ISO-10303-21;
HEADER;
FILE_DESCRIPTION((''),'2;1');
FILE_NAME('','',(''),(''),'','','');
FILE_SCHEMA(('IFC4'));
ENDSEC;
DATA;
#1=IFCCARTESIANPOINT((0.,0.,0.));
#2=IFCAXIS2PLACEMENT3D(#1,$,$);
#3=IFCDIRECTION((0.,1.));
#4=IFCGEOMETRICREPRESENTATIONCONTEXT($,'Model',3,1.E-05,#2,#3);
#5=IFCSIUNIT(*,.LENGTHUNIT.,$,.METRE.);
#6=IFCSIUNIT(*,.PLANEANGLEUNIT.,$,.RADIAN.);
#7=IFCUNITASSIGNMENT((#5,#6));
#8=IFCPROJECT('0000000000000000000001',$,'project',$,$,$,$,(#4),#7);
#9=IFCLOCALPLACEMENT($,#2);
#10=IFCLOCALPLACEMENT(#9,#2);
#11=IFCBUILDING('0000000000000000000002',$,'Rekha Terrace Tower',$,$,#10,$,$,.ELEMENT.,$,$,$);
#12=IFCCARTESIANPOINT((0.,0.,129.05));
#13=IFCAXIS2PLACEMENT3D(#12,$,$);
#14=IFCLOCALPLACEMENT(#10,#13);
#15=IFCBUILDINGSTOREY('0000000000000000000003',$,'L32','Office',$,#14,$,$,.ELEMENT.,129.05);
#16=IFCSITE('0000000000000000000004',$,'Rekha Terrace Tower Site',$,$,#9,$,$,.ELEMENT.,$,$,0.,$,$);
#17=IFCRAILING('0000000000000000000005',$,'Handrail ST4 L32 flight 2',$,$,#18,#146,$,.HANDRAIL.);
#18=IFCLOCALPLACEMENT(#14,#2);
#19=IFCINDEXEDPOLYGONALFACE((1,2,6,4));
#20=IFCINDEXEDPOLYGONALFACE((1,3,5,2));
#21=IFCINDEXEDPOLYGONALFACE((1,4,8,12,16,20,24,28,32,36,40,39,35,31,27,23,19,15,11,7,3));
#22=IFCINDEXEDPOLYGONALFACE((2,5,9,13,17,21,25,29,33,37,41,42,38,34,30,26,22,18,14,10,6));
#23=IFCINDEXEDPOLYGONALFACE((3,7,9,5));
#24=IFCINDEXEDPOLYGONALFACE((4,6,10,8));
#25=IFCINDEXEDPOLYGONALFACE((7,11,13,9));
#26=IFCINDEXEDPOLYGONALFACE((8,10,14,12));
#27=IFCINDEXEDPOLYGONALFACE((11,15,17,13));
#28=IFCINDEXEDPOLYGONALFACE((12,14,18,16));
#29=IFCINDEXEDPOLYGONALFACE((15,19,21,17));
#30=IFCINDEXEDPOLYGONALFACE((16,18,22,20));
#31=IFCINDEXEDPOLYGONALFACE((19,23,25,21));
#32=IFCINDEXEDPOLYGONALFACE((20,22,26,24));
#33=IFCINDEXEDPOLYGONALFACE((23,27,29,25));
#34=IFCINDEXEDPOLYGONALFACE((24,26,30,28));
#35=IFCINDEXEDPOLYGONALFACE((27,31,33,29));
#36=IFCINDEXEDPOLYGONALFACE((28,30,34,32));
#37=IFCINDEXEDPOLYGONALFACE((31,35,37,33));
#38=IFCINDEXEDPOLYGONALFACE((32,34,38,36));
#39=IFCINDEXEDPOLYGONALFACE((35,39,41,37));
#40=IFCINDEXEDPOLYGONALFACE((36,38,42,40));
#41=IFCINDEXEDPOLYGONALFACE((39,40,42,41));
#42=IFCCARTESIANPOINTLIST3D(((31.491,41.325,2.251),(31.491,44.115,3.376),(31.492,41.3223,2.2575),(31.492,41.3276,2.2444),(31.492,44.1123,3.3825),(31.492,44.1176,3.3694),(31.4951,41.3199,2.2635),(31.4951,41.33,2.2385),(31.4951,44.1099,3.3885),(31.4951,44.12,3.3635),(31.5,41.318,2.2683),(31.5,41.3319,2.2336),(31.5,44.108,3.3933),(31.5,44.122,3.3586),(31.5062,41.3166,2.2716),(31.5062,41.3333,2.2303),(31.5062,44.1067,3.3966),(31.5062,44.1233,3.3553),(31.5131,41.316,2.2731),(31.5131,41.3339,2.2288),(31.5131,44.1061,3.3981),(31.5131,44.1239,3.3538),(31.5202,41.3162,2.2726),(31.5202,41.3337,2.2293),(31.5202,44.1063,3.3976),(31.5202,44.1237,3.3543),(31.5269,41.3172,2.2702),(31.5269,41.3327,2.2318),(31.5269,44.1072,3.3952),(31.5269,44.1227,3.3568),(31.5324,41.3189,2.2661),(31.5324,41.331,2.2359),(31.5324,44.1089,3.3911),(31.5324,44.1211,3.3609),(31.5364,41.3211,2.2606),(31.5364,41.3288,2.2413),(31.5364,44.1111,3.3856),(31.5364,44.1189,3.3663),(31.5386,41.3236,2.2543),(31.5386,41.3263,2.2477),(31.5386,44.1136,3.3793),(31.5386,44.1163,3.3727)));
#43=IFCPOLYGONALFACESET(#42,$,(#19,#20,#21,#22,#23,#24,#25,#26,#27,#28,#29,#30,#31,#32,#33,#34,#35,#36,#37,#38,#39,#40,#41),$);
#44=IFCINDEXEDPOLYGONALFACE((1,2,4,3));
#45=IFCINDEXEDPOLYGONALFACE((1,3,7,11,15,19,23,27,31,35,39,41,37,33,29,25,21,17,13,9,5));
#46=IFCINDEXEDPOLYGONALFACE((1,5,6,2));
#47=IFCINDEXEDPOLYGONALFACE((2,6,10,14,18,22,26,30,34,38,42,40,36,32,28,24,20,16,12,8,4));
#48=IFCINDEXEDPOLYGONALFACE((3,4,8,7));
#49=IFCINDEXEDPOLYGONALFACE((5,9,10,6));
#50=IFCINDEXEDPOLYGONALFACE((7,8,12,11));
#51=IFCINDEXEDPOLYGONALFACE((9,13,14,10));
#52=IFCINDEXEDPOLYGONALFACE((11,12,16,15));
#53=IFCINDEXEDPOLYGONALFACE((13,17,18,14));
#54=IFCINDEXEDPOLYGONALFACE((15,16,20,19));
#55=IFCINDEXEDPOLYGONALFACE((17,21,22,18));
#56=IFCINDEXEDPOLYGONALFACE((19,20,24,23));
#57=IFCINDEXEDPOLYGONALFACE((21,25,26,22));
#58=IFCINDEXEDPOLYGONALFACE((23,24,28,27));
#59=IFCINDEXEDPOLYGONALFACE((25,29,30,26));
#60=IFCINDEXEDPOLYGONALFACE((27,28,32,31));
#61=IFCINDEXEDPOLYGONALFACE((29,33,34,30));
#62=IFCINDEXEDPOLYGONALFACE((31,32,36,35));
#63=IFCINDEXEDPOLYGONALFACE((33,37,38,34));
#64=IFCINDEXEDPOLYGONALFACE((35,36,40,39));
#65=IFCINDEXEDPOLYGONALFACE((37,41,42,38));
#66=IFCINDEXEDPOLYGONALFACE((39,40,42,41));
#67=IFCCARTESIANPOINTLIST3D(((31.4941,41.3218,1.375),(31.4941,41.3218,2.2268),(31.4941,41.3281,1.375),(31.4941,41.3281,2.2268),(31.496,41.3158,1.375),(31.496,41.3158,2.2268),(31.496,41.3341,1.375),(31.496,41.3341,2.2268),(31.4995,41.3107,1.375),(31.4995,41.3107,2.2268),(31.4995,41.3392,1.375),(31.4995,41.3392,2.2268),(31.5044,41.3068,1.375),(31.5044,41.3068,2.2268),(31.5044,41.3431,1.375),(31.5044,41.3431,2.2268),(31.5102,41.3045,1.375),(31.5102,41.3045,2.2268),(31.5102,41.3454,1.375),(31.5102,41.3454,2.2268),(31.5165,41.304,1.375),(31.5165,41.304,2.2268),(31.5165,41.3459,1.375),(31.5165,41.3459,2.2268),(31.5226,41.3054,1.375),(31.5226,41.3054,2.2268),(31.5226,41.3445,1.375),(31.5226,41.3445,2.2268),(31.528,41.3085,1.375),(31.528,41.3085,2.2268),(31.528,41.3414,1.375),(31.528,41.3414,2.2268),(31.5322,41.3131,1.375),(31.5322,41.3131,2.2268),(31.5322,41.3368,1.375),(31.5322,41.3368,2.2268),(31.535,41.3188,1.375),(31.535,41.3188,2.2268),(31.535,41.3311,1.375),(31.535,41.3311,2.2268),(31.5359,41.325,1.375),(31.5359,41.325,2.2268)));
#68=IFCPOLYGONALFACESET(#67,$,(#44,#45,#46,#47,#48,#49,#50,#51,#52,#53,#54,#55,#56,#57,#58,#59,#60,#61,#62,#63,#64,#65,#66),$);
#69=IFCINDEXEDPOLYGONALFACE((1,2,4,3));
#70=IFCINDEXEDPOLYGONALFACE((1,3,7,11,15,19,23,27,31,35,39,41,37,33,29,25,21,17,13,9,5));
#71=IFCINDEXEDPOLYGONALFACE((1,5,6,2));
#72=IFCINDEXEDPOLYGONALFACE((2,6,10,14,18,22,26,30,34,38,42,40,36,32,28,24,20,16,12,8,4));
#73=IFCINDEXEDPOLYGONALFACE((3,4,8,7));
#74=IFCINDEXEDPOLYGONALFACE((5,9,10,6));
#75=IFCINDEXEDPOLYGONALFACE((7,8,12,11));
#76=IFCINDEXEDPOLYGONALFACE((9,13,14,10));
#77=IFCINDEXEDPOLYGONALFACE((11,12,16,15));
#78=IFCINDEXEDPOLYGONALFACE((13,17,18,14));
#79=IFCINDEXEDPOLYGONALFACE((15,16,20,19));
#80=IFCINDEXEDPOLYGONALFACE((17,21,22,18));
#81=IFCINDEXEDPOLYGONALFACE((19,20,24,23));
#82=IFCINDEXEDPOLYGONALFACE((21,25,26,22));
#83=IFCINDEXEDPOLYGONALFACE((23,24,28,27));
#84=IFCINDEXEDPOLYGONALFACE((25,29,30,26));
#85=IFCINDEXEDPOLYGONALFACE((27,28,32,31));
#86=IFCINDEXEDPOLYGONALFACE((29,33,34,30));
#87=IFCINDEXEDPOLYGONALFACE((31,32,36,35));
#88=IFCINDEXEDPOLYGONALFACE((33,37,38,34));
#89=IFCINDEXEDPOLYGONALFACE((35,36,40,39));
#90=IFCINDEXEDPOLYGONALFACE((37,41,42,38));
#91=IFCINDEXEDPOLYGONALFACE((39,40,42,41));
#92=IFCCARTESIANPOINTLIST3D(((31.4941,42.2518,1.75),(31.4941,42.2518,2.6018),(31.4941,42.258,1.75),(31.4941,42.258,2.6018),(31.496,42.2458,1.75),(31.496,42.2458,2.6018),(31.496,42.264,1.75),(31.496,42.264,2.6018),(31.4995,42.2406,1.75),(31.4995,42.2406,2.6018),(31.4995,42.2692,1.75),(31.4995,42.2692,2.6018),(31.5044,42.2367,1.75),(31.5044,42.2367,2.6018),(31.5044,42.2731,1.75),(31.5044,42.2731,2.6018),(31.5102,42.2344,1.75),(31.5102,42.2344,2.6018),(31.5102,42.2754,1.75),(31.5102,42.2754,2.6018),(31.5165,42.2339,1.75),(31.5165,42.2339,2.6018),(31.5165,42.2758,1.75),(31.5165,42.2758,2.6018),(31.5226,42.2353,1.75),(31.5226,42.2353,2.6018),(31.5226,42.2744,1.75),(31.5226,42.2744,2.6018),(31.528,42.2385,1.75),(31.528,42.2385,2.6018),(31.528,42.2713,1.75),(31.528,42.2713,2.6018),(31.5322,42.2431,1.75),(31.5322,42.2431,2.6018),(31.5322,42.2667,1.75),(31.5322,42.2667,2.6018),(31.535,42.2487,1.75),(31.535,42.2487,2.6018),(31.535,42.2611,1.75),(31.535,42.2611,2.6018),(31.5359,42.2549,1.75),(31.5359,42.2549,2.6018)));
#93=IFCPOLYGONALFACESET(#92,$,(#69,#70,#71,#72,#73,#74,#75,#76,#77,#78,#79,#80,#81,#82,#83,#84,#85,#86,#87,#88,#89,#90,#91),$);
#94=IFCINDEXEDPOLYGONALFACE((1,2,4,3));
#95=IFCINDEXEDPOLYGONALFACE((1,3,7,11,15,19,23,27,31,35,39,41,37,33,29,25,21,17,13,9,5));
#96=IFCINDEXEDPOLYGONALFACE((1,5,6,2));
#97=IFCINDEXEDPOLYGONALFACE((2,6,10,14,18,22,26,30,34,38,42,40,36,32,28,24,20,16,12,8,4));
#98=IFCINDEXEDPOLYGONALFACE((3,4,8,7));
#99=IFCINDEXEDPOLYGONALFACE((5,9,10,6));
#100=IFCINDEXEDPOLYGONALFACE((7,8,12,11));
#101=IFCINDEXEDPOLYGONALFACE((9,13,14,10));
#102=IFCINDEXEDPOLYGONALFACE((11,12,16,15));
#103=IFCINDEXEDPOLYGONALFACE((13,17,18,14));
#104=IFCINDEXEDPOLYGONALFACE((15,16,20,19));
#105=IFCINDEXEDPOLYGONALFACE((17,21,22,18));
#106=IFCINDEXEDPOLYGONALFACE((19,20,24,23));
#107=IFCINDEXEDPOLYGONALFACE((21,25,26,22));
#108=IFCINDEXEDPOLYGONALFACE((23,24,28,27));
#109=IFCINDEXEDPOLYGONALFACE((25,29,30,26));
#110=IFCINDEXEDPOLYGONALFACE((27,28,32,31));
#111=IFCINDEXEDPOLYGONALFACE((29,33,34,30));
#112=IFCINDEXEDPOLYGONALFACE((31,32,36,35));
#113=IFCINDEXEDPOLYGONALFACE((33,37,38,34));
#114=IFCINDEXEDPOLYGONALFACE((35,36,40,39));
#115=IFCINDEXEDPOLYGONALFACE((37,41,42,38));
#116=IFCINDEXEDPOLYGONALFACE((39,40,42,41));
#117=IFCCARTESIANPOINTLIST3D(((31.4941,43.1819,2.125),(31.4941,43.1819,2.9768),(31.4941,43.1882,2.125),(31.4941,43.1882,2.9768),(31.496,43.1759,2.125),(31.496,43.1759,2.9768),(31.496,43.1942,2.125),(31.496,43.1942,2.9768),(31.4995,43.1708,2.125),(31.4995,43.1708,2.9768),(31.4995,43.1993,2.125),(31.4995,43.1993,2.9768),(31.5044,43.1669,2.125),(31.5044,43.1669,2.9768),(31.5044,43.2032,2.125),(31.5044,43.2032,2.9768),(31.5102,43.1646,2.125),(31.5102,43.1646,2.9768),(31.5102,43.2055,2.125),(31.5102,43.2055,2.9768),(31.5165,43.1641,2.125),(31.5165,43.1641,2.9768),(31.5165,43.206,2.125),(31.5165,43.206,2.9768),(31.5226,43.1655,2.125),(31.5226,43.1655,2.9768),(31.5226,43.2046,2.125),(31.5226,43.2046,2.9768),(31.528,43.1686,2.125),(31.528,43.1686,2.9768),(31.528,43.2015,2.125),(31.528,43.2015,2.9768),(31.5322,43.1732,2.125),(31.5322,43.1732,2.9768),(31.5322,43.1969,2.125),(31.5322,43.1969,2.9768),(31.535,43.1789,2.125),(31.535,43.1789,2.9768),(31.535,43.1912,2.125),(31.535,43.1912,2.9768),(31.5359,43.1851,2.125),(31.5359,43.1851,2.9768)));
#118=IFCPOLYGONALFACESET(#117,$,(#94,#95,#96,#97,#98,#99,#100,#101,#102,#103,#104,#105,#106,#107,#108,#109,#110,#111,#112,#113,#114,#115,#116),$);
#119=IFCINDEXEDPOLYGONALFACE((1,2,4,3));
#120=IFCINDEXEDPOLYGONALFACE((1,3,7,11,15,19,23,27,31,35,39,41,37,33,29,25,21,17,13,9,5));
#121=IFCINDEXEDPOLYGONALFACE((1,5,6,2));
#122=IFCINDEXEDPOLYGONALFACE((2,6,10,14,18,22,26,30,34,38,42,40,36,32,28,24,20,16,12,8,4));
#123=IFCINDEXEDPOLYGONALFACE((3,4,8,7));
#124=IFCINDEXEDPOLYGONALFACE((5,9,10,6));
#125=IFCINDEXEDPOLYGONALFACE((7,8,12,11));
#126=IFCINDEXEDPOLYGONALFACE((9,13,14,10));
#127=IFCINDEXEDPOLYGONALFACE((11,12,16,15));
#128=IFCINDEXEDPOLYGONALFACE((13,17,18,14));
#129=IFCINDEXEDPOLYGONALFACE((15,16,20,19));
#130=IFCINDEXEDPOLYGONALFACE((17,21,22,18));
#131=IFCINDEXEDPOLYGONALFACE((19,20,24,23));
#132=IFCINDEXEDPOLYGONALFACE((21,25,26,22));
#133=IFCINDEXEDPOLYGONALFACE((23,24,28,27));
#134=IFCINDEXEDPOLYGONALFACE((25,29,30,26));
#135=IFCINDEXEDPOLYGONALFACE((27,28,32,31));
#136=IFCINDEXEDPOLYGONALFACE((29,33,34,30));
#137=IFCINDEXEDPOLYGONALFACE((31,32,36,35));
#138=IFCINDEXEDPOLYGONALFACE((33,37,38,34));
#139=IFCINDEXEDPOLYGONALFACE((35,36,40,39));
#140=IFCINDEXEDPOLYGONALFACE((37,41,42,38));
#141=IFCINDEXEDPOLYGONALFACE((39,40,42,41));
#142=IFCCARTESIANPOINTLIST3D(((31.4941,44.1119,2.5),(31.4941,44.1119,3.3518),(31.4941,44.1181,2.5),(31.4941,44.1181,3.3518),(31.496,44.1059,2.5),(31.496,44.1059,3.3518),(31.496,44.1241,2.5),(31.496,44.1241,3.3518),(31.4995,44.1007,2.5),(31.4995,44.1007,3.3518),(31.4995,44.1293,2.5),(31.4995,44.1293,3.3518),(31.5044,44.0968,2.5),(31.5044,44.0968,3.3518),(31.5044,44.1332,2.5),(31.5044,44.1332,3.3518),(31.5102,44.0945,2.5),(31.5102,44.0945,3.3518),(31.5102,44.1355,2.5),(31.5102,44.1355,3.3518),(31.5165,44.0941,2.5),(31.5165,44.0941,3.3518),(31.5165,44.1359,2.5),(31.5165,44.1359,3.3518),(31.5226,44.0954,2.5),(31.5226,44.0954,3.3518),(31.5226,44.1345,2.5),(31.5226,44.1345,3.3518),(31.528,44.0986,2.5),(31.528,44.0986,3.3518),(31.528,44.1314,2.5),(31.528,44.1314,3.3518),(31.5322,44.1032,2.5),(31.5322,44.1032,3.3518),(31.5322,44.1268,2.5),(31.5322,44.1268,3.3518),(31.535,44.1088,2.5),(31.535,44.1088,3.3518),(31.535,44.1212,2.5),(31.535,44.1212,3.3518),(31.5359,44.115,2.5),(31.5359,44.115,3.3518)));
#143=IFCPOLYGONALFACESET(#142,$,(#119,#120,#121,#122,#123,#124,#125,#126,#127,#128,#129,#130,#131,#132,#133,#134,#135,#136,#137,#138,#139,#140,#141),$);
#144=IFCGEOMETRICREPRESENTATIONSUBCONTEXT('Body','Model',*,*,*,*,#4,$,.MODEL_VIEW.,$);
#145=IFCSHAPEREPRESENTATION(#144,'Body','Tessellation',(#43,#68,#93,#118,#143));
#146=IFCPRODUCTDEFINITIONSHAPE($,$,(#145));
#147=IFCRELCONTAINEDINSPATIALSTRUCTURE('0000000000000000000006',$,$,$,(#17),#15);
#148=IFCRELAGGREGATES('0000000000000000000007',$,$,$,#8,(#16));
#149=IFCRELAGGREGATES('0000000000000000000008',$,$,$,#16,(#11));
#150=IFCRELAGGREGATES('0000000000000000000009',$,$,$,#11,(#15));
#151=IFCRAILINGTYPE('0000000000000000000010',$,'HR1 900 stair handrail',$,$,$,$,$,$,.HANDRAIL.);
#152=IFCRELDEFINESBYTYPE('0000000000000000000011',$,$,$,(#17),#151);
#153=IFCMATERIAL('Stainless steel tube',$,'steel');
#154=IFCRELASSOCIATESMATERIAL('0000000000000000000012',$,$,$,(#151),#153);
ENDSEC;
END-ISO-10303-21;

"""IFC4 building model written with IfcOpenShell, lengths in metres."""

from ifc_helpers import new_model, si_unit, direction, frame, origin, origin_2d, place, context, subcontext, project, spatial, circle, extrude, material, type_object, element, save


model = new_model("IFC4")

# Units and contexts
model_context = context("Model", 3, precision=1e-05, world=origin(), true_north=direction((0.0, 1.0)))
body_context = subcontext(model_context, "Body", "Model", "MODEL_VIEW")
ifc_project = project(units=[si_unit("LENGTHUNIT", "METRE"), si_unit("PLANEANGLEUNIT", "RADIAN")], contexts=[model_context])

# Site, building, storey
site_placement = place(None, origin())
site = spatial("IfcSite", under=ifc_project, at=site_placement, Name="Rekha Terrace Tower Site", CompositionType="ELEMENT", RefElevation=0.0)
building_placement = place(site_placement, origin())
building = spatial("IfcBuilding", under=site, at=building_placement, Name="Rekha Terrace Tower", CompositionType="ELEMENT")
storey_placement = place(building_placement, frame((0.0, 0.0, 129.05)))
storey = spatial("IfcBuildingStorey", under=building, at=storey_placement, Name="L32", Description="Office", CompositionType="ELEMENT", Elevation=129.05)

# Railing
ifc_material_1 = material(Name="Stainless steel tube", Category="steel")
railing_type_1 = type_object("IfcRailingType", Name="HR1 900 stair handrail", PredefinedType="HANDRAIL", material=ifc_material_1)
for number, where, name in (
    (1, (31.5149, 41.325, 1.375), "Handrail ST4 L32 flight 2"),
):
    element("IfcRailing", number, at=place(storey_placement, frame(where)), inside=storey, type_object=railing_type_1, Name=name, PredefinedType="HANDRAIL", context=body_context, shape_type="SweptSolid", body=[
        extrude(circle(Radius=0.0239, at=origin_2d()), frame((0.0, 0.0, 0.876), z_axis=(0.0, 0.927443, 0.373964), x_axis=(-1.0, 0.0, 0.0)), (0.0, 0.0, 1.0), 3.0083),
        extrude(circle(Radius=0.021, at=origin_2d()), origin(), (0.0, 0.0, 1.0), 0.8518),
        extrude(circle(Radius=0.021, at=origin_2d()), frame((0.0, 0.9299, 0.375)), (0.0, 0.0, 1.0), 0.8518),
        extrude(circle(Radius=0.021, at=origin_2d()), frame((0.0, 1.8601, 0.75)), (0.0, 0.0, 1.0), 0.8518),
        extrude(circle(Radius=0.021, at=origin_2d()), frame((0.0, 2.79, 1.125)), (0.0, 0.0, 1.0), 0.8518),
    ])

save(model, "model.ifc")
